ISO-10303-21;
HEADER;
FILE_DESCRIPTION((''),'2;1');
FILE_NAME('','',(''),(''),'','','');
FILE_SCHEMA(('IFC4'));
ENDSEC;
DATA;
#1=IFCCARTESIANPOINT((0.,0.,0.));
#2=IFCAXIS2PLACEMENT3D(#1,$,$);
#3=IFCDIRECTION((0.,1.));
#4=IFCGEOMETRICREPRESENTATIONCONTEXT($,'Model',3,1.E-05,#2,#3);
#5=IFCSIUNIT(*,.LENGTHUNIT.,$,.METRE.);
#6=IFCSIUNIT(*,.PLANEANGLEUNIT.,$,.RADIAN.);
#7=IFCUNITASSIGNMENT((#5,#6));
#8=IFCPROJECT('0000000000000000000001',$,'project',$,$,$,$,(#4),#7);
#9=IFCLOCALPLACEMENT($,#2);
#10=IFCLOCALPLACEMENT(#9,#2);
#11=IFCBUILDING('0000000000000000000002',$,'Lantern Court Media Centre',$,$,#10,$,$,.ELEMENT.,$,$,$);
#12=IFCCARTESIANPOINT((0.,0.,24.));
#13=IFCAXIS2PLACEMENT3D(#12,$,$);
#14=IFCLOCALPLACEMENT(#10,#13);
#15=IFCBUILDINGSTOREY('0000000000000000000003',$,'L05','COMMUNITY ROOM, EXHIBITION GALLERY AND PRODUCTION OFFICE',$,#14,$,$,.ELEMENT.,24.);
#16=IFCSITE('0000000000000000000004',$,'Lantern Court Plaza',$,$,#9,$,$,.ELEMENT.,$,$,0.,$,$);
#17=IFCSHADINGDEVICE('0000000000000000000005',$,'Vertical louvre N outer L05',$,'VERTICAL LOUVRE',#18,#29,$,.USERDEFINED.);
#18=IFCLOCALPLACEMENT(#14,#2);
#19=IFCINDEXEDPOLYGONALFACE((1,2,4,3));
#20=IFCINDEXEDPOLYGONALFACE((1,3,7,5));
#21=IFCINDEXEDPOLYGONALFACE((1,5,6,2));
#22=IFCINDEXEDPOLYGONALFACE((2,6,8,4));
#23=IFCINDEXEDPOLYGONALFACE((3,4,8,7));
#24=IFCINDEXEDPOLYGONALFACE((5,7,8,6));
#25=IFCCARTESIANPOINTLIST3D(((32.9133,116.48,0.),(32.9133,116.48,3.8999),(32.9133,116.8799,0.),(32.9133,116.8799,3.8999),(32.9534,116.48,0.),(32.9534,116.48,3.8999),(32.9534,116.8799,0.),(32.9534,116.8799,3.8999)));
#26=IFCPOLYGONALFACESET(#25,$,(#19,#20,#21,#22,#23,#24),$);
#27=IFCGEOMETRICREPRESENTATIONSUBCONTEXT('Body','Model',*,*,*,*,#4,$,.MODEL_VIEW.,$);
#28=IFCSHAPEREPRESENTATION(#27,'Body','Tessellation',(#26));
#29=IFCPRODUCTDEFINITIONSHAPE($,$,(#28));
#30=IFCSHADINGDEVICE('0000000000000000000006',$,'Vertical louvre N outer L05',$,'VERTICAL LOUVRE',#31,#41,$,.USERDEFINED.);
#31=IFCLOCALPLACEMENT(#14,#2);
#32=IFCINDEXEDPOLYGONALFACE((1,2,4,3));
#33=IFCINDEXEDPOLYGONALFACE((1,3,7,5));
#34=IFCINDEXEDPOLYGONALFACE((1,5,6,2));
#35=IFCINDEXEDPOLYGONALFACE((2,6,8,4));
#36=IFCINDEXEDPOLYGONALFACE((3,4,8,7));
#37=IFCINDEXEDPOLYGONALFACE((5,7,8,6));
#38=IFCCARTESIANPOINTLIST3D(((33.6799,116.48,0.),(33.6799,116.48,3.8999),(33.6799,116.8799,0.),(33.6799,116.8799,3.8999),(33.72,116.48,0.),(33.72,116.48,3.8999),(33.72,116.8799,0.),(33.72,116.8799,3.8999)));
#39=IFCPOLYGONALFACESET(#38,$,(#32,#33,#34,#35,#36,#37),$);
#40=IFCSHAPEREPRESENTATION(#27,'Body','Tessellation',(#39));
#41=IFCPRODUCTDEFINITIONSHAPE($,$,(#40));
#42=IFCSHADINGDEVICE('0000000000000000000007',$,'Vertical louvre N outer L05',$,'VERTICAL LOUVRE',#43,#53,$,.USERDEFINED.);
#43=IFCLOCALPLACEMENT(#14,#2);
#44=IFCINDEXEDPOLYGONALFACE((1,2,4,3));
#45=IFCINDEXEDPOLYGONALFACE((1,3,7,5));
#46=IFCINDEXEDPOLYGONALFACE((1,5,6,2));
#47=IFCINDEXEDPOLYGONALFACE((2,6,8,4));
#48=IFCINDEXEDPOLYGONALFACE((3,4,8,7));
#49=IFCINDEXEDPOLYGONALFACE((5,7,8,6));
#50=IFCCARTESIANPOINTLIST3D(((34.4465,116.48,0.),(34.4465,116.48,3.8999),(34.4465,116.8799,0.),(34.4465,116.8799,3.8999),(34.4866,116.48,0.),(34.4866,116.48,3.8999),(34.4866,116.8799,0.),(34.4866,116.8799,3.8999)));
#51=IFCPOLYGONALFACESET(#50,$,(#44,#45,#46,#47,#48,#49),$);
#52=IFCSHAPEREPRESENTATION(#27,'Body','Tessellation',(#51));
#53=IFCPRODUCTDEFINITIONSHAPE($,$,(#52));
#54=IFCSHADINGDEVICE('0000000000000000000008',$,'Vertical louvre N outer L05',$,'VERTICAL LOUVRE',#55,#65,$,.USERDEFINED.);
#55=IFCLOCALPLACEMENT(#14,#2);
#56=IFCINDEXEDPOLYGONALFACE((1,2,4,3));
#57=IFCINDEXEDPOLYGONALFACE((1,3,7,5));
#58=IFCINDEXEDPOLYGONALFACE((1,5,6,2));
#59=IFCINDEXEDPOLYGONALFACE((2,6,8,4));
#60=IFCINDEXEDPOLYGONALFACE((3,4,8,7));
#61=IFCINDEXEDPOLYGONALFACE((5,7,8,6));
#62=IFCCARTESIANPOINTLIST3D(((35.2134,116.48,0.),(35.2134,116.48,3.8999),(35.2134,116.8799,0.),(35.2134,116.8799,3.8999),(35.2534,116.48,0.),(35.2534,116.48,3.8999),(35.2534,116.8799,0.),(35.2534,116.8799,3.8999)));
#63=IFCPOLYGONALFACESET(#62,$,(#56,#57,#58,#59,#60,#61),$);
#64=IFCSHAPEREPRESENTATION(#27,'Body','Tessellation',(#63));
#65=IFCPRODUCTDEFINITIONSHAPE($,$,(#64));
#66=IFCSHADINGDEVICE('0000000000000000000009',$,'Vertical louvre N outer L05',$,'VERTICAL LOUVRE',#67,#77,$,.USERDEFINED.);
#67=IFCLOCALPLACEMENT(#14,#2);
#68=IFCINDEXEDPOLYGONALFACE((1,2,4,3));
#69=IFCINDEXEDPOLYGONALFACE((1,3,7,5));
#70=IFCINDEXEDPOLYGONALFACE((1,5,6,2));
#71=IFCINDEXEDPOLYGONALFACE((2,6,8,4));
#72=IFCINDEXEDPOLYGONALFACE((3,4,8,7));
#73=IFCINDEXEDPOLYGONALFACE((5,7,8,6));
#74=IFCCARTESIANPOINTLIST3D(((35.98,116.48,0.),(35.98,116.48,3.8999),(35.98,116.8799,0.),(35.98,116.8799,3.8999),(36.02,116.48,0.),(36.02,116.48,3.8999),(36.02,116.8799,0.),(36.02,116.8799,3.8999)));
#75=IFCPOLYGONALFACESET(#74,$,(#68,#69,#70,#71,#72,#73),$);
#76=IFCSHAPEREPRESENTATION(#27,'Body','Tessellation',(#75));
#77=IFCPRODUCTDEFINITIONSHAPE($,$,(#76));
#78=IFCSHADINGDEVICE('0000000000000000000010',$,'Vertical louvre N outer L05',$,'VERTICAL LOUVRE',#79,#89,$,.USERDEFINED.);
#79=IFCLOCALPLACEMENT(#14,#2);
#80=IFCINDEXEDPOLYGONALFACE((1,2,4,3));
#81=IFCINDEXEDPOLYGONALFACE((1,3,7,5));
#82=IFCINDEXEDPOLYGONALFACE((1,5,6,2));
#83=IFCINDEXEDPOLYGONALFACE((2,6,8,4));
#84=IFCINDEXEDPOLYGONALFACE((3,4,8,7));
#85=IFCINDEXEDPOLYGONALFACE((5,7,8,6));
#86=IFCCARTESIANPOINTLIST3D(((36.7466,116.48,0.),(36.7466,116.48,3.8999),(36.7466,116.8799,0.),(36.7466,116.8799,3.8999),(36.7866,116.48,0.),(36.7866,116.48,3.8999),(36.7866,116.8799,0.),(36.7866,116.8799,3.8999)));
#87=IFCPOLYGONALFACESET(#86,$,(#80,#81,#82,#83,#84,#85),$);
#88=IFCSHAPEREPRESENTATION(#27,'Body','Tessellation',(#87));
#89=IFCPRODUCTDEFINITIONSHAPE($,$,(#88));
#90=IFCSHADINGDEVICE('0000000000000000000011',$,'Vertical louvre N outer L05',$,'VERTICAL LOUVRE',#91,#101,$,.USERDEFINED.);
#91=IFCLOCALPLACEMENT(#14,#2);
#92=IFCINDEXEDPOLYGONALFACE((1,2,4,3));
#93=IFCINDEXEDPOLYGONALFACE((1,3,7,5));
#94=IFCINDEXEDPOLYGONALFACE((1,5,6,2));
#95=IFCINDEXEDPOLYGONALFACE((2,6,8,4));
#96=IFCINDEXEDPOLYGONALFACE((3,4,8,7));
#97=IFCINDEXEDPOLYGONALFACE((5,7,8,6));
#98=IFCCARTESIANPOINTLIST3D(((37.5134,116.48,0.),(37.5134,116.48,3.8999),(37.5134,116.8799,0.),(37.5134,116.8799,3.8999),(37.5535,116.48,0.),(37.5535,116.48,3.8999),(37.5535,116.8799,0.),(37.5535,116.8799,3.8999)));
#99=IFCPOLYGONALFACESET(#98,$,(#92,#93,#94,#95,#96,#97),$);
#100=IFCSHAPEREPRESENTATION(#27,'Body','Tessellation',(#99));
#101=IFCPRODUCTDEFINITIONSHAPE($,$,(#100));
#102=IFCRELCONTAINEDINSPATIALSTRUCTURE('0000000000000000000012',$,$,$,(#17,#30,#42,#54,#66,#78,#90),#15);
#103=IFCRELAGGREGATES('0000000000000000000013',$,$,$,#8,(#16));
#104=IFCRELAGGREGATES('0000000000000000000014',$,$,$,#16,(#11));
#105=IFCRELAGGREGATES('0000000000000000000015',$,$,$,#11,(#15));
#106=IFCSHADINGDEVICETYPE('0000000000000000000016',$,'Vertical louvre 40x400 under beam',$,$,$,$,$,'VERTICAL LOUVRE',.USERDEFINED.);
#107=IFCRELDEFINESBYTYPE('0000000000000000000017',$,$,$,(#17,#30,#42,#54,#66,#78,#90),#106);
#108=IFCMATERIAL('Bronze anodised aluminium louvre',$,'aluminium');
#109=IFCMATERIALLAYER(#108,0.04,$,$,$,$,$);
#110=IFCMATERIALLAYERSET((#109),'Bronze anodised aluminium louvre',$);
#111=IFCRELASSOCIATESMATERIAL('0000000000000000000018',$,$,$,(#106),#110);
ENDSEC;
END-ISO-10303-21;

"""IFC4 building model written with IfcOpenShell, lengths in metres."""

from ifc_helpers import new_model, si_unit, direction, frame, origin, origin_2d, place, context, subcontext, project, spatial, rectangle, extrude, material, layer, layer_set, type_object, element, save


model = new_model("IFC4")

# Units and contexts
model_context = context("Model", 3, precision=1e-05, world=origin(), true_north=direction((0.0, 1.0)))
body_context = subcontext(model_context, "Body", "Model", "MODEL_VIEW")
ifc_project = project(units=[si_unit("LENGTHUNIT", "METRE"), si_unit("PLANEANGLEUNIT", "RADIAN")], contexts=[model_context])

# Site, building, storey
site_placement = place(None, origin())
site = spatial("IfcSite", under=ifc_project, at=site_placement, Name="Lantern Court Plaza", CompositionType="ELEMENT", RefElevation=0.0)
building_placement = place(site_placement, origin())
building = spatial("IfcBuilding", under=site, at=building_placement, Name="Lantern Court Media Centre", CompositionType="ELEMENT")
storey_placement = place(building_placement, frame((0.0, 0.0, 24.0)))
storey = spatial("IfcBuildingStorey", under=building, at=storey_placement, Name="L05", Description="COMMUNITY ROOM, EXHIBITION GALLERY AND PRODUCTION OFFICE", CompositionType="ELEMENT", Elevation=24.0)

# Shading devices
ifc_material_1 = material(Name="Bronze anodised aluminium louvre", Category="aluminium")
ifc_layer_1 = layer(ifc_material_1, 0.04)
ifc_layer_set_1 = layer_set([ifc_layer_1], Name="Bronze anodised aluminium louvre")
shading_device_type = type_object("IfcShadingDeviceType", Name="Vertical louvre 40x400 under beam", ElementType="VERTICAL LOUVRE", PredefinedType="USERDEFINED", material=ifc_layer_set_1)
for number, where, z_axis, x_axis, name in (
    (1, (32.9333, 116.6799, 0.0), (0.0, 0.0, 1.0), (1.0, 0.0, 0.0), "Vertical louvre N outer L05"),
    (2, (33.7, 116.6799, 0.0), (0.0, 0.0, 1.0), (1.0, 0.0, 0.0), "Vertical louvre N outer L05"),
    (3, (34.4666, 116.6799, 0.0), (0.0, 0.0, 1.0), (1.0, 0.0, 0.0), "Vertical louvre N outer L05"),
    (4, (35.2334, 116.6799, 0.0), (0.0, 0.0, 1.0), (1.0, 0.0, 0.0), "Vertical louvre N outer L05"),
    (5, (36.0, 116.6799, 0.0), (0.0, 0.0, 1.0), (1.0, 0.0, 0.0), "Vertical louvre N outer L05"),
    (6, (36.7666, 116.6799, 0.0), (0.0, 0.0, 1.0), (1.0, 0.0, 0.0), "Vertical louvre N outer L05"),
    (7, (37.5334, 116.6799, 0.0), (0.0, 0.0, 1.0), (1.0, 0.0, 0.0), "Vertical louvre N outer L05"),
):
    element("IfcShadingDevice", number, at=place(storey_placement, frame(where, z_axis=z_axis, x_axis=x_axis)), inside=storey, type_object=shading_device_type, Name=name, ObjectType="VERTICAL LOUVRE", PredefinedType="USERDEFINED", context=body_context, shape_type="SweptSolid", body=[
        extrude(rectangle(XDim=0.04, YDim=0.3999, at=origin_2d()), origin(), (0.0, 0.0, 1.0), 3.8999),
    ])

save(model, "model.ifc")
